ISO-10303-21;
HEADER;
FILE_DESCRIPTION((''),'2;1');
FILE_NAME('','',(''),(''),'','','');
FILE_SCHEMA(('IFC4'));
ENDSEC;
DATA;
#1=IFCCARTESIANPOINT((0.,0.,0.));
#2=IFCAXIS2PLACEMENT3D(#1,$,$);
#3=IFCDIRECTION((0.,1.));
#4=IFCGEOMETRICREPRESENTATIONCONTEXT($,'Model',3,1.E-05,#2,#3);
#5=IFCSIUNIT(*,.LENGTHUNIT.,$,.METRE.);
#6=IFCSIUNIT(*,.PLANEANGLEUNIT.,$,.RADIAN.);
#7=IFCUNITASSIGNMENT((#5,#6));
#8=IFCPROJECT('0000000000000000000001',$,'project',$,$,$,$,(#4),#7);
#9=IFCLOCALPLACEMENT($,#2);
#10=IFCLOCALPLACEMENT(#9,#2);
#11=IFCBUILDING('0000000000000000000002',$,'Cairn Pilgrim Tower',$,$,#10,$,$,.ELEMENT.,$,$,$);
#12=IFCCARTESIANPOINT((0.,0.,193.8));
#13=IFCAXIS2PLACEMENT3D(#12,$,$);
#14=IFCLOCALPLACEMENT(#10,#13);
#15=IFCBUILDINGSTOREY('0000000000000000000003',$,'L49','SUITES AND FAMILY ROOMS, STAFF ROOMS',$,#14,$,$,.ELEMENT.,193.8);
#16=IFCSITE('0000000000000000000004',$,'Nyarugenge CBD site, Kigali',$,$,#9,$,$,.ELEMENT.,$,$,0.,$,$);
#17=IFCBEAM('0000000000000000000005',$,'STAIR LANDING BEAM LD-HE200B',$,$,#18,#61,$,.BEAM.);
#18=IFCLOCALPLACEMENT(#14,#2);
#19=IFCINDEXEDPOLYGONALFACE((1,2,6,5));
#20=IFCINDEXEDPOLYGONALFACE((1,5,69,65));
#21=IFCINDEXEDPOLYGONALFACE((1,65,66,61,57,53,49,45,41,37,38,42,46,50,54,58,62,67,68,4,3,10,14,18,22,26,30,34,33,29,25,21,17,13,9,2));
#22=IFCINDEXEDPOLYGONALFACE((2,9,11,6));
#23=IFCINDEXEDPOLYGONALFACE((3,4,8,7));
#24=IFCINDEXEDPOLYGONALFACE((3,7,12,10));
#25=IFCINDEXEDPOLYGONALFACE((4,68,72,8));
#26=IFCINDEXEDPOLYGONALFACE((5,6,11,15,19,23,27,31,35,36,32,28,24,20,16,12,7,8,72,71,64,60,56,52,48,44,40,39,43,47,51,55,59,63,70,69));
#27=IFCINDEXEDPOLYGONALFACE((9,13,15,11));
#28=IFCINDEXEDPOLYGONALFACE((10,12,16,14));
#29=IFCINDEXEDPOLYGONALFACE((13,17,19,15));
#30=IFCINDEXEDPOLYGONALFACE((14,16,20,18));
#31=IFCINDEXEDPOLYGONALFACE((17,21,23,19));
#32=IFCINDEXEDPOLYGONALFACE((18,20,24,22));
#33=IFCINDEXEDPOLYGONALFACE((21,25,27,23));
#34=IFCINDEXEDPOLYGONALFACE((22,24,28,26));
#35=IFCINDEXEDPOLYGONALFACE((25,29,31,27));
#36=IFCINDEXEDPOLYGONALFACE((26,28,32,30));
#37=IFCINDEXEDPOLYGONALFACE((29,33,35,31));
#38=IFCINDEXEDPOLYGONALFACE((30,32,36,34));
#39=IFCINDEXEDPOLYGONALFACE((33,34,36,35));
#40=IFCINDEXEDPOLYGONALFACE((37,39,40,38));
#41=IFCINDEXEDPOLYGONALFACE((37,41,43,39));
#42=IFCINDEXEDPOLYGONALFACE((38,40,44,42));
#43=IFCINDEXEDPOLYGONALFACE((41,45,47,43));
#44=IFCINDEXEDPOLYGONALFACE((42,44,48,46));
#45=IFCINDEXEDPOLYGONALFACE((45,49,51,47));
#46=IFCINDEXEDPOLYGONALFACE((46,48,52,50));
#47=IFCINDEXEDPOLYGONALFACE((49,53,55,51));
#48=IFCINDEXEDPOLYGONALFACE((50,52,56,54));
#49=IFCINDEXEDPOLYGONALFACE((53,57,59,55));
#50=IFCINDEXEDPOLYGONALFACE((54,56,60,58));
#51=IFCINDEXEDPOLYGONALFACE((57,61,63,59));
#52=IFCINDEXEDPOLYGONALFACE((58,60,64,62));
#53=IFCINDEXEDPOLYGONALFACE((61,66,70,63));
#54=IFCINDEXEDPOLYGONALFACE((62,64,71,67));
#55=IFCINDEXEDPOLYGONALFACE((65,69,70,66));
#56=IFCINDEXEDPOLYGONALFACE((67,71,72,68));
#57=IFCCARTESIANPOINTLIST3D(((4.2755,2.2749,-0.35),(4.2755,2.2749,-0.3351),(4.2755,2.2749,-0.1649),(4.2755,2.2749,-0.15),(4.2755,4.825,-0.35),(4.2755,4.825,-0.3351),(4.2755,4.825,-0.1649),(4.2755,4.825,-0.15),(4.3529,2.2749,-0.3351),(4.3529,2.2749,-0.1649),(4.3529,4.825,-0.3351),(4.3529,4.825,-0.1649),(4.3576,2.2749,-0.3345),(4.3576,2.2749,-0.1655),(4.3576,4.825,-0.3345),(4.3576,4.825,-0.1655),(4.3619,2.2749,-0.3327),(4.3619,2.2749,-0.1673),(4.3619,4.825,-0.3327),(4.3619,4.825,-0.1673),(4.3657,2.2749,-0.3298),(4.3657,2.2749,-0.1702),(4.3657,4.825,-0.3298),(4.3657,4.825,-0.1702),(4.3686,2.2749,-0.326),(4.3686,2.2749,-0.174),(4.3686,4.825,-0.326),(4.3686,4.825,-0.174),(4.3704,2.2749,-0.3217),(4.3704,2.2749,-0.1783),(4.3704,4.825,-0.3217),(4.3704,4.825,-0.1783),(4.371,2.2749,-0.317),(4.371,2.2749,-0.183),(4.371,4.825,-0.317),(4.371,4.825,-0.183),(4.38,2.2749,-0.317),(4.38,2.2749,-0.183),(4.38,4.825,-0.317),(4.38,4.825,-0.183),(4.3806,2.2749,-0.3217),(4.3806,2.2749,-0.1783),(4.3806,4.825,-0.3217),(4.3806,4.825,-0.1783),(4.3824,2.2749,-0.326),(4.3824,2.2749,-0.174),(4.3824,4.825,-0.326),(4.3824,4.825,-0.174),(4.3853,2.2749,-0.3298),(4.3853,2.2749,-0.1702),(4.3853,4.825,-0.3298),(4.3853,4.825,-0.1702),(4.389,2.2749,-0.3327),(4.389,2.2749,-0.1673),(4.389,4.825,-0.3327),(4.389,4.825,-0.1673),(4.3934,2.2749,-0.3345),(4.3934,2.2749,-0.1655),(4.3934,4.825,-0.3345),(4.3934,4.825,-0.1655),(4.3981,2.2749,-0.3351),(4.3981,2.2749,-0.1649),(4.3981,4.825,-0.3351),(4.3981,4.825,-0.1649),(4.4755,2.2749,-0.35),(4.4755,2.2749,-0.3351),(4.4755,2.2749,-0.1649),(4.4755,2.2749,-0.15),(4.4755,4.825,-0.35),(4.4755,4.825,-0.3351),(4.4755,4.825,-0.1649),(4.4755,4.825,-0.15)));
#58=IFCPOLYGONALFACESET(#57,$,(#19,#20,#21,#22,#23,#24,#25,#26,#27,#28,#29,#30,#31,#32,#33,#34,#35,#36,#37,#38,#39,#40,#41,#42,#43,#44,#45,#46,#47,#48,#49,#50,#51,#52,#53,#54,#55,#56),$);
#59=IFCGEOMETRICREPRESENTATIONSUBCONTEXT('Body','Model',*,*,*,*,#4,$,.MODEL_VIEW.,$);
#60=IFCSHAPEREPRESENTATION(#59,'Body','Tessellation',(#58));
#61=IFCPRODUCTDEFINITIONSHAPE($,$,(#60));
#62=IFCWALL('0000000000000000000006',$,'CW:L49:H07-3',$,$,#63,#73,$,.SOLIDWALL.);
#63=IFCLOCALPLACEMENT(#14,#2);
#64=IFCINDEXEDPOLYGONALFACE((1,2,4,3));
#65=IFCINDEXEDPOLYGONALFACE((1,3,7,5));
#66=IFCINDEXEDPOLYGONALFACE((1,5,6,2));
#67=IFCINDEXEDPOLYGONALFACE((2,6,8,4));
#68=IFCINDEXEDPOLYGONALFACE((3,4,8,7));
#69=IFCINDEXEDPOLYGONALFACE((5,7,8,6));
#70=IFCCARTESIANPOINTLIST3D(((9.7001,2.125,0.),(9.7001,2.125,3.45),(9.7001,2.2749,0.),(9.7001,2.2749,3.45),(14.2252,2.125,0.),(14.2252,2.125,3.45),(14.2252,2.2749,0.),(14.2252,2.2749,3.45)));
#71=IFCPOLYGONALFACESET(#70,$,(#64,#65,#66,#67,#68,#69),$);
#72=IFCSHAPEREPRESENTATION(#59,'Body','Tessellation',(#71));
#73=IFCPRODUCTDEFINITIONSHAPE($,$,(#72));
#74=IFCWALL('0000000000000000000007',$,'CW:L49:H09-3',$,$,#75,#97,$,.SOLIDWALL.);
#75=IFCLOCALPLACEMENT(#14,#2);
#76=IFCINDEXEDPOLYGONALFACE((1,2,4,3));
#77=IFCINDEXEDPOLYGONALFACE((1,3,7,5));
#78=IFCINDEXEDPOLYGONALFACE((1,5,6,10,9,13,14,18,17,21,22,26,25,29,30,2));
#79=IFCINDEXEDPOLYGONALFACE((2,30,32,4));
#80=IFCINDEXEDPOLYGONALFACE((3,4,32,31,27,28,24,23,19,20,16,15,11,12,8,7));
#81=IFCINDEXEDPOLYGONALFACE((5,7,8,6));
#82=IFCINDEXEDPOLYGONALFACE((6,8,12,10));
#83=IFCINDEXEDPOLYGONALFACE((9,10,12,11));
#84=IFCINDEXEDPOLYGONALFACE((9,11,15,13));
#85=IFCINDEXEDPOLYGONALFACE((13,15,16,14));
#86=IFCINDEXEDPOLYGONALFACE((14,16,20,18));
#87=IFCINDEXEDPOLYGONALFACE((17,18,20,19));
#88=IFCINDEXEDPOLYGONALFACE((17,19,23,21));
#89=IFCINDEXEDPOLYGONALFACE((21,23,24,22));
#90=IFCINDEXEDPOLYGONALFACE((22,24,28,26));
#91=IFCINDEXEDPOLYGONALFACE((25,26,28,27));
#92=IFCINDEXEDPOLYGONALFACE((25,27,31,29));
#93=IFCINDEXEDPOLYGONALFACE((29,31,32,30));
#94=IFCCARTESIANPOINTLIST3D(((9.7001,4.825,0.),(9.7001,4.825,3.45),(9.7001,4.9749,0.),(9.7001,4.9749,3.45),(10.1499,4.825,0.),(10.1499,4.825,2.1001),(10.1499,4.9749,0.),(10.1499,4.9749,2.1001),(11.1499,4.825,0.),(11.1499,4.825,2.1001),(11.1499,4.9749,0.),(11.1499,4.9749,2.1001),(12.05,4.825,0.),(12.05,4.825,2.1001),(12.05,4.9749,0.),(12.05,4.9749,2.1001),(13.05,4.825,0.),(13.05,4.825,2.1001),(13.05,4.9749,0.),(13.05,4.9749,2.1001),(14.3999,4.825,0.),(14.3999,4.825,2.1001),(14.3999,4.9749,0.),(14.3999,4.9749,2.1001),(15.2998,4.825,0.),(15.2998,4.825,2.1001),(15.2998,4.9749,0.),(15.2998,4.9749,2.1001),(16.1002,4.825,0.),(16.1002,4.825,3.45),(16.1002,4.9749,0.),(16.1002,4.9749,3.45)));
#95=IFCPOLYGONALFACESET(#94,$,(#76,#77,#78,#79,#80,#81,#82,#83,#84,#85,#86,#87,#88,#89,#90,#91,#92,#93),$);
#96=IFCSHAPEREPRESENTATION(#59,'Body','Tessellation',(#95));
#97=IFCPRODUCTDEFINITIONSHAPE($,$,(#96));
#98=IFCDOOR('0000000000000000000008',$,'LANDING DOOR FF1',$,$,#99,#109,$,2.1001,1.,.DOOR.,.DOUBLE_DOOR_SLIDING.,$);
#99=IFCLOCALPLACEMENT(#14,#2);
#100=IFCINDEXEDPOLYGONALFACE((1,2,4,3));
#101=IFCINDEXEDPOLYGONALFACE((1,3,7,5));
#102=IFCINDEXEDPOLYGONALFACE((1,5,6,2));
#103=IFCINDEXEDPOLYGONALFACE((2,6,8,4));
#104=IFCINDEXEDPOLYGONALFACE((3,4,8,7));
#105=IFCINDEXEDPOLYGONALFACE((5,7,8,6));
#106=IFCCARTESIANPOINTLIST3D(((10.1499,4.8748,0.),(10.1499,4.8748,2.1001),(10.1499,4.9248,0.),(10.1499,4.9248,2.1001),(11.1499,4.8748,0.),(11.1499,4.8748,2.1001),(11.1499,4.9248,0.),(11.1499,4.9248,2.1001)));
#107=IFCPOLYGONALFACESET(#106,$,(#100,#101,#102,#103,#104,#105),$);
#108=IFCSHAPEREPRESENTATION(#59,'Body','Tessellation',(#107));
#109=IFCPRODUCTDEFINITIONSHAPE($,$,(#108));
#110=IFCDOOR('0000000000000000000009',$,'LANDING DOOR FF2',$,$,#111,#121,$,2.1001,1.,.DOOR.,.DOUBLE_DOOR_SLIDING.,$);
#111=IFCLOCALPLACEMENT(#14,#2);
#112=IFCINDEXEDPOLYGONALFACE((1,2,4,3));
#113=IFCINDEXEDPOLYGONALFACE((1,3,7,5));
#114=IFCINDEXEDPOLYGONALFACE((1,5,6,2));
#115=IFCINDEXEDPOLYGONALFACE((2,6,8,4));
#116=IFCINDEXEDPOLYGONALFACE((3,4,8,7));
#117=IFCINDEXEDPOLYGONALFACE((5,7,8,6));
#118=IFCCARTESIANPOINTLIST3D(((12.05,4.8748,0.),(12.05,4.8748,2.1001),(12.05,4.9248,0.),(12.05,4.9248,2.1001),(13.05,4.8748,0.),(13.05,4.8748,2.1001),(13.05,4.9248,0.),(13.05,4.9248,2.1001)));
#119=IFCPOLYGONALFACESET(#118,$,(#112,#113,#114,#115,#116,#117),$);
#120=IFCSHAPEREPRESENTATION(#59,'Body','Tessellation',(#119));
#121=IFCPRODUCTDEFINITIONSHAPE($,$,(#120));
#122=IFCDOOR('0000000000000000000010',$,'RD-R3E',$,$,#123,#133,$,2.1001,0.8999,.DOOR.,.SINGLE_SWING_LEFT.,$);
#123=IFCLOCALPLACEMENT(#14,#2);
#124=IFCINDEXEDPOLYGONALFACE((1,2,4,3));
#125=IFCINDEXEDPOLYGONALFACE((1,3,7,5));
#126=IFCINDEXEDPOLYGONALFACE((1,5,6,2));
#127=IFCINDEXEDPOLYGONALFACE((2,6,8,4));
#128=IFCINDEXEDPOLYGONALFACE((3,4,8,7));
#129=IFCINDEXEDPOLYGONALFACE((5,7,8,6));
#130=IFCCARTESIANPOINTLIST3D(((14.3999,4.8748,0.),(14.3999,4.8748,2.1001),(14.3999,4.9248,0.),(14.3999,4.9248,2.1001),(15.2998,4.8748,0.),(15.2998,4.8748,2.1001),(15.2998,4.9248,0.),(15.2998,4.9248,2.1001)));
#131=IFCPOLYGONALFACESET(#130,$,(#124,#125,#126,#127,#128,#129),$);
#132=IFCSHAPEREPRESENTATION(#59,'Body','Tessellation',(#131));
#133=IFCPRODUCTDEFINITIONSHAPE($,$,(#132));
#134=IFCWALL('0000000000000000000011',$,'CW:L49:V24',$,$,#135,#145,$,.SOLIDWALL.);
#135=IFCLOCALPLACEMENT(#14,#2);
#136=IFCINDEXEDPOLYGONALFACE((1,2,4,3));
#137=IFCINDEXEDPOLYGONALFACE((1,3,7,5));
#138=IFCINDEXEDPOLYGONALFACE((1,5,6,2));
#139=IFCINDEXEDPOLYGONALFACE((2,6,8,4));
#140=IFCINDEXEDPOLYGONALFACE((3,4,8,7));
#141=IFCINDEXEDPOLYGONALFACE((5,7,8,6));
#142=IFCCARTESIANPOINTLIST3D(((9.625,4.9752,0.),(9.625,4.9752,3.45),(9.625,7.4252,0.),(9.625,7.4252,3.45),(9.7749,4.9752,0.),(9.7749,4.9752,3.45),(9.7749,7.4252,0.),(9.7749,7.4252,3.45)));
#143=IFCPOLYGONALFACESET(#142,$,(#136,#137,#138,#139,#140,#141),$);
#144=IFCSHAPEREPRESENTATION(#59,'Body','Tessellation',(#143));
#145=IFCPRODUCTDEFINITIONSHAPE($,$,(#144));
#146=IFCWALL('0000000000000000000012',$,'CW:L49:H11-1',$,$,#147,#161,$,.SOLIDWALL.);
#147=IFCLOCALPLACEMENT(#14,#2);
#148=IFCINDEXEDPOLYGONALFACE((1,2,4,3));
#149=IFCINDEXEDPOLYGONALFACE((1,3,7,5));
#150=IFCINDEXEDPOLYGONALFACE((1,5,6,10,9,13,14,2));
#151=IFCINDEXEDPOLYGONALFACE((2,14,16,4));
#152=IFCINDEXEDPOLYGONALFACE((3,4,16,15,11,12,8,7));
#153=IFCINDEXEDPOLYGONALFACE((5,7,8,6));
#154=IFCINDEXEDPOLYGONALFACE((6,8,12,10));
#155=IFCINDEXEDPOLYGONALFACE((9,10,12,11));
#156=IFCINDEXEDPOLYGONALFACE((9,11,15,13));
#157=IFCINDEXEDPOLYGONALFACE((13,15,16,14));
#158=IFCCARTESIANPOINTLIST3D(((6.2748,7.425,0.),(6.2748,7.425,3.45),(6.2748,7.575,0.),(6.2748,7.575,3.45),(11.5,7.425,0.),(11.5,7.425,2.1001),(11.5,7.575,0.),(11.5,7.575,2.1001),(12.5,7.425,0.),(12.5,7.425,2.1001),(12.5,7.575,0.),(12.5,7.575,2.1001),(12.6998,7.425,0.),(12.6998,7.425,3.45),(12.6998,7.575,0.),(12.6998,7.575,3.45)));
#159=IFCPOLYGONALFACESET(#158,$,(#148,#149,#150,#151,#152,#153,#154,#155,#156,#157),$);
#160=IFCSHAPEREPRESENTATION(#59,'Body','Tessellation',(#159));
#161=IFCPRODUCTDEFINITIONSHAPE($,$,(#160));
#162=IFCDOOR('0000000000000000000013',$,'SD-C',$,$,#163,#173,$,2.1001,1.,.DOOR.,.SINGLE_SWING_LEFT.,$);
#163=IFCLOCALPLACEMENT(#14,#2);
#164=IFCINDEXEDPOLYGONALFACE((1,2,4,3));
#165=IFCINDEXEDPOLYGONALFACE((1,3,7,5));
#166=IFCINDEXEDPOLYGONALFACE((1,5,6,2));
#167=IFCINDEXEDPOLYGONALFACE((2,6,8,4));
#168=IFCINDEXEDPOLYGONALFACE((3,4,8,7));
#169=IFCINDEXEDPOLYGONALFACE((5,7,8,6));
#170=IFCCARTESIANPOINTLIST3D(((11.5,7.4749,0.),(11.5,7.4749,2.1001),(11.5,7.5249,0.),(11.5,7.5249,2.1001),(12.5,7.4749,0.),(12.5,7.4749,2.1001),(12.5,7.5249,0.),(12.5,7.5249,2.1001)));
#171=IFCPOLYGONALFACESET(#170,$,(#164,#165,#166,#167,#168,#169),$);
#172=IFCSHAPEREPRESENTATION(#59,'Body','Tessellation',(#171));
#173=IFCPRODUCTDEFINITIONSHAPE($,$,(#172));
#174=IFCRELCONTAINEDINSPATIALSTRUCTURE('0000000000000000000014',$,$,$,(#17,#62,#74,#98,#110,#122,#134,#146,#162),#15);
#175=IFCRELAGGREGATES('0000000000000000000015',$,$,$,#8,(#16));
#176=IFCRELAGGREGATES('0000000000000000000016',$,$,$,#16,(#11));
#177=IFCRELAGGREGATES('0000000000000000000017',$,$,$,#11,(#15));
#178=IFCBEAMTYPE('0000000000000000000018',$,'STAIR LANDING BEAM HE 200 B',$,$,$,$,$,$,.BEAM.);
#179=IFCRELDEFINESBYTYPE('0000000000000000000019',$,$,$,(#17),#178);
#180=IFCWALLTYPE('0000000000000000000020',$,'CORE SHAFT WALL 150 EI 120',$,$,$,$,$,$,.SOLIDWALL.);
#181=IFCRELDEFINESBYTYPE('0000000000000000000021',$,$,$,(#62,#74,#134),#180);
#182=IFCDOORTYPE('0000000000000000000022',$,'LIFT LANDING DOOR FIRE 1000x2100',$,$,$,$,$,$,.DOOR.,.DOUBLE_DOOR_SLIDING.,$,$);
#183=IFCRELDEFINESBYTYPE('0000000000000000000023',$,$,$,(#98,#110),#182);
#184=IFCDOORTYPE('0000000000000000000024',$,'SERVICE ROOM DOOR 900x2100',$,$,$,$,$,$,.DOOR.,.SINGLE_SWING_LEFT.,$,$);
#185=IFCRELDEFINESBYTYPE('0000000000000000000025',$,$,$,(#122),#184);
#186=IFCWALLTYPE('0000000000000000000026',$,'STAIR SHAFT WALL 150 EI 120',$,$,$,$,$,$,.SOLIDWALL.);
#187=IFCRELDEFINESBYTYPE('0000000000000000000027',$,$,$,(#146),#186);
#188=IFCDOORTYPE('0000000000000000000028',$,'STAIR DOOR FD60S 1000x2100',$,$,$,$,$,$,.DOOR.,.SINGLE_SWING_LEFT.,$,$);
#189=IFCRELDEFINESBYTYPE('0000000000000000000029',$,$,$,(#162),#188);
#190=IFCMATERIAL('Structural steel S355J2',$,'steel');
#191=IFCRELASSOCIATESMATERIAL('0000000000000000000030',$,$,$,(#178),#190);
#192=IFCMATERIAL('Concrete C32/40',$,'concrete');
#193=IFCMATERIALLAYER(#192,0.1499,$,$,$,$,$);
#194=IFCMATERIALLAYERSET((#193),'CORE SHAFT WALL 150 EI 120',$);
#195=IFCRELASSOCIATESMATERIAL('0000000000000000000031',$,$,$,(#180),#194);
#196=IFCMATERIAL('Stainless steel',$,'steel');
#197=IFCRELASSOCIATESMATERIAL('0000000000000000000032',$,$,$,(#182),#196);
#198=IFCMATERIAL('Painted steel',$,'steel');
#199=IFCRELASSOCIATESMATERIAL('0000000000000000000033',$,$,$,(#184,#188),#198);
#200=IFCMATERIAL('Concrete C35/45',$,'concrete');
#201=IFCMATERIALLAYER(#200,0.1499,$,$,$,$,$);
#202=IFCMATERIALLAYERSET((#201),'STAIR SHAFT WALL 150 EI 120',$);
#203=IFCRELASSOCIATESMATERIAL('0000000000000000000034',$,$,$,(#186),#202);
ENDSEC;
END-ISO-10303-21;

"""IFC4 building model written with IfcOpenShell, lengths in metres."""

from ifc_helpers import new_model, si_unit, direction, frame, frame_2d, origin, origin_2d, place, context, subcontext, project, spatial, rectangle, i_section, extrude, material, layer, layer_set, material_profile, profile_set, type_object, element, fill, save


model = new_model("IFC4")

# Units and contexts
model_context = context("Model", 3, precision=1e-05, world=origin(), true_north=direction((0.0, 1.0)))
body_context = subcontext(model_context, "Body", "Model", "MODEL_VIEW")
ifc_project = project(units=[si_unit("LENGTHUNIT", "METRE"), si_unit("PLANEANGLEUNIT", "RADIAN")], contexts=[model_context])

# Site, building, storey
site_placement = place(None, origin())
site = spatial("IfcSite", under=ifc_project, at=site_placement, Name="Nyarugenge CBD site, Kigali", CompositionType="ELEMENT", RefElevation=0.0)
building_placement = place(site_placement, origin())
building = spatial("IfcBuilding", under=site, at=building_placement, Name="Cairn Pilgrim Tower", CompositionType="ELEMENT")
storey_placement = place(building_placement, frame((0.0, 0.0, 193.8)))
storey = spatial("IfcBuildingStorey", under=building, at=storey_placement, Name="L49", Description="SUITES AND FAMILY ROOMS, STAFF ROOMS", CompositionType="ELEMENT", Elevation=193.8)

# Beam
ifc_material_1 = material(Name="Structural steel S355J2", Category="steel")
ifc_material_profile = material_profile(ifc_material_1, i_section(OverallWidth=0.2, OverallDepth=0.2, WebThickness=0.009, FlangeThickness=0.0149, FilletRadius=0.0181, at=origin_2d()), Name="HE 200 B")
ifc_profile_set = profile_set([ifc_material_profile], Name="Structural steel S355J2")
beam_type = type_object("IfcBeamType", Name="STAIR LANDING BEAM HE 200 B", PredefinedType="BEAM", material=ifc_profile_set)
beam_placement = place(storey_placement, frame((4.3755, 2.2749, -0.25), z_axis=(0.0, 1.0, 0.0), x_axis=(-1.0, 0.0, 0.0)))
element("IfcBeam", 1, at=beam_placement, inside=storey, type_object=beam_type, Name="STAIR LANDING BEAM LD-HE200B", PredefinedType="BEAM", context=body_context, shape_type="SweptSolid", body=[
    extrude(i_section(OverallWidth=0.2, OverallDepth=0.2, WebThickness=0.009, FlangeThickness=0.0149, FilletRadius=0.0181, at=origin_2d()), origin(), (0.0, 0.0, 1.0), 2.55),
])

# Wall
ifc_material_2 = material(Name="Concrete C32/40", Category="concrete")
ifc_layer_1 = layer(ifc_material_2, 0.1499)
ifc_layer_set_1 = layer_set([ifc_layer_1], Name="CORE SHAFT WALL 150 EI 120")
wall_type_1 = type_object("IfcWallType", Name="CORE SHAFT WALL 150 EI 120", PredefinedType="SOLIDWALL", material=ifc_layer_set_1)
wall_1_placement = place(storey_placement, frame((9.7, 2.2, 0.0), z_axis=(0.0, 0.0, 1.0), x_axis=(1.0, 0.0, 0.0)))
element("IfcWall", 2, at=wall_1_placement, inside=storey, type_object=wall_type_1, Name="CW:L49:H07-3", PredefinedType="SOLIDWALL", context=body_context, shape_type="SweptSolid", body=[
    extrude(rectangle(XDim=4.5251, YDim=0.1499, at=frame_2d((2.2627, 0.0))), origin(), (0.0, 0.0, 1.0), 3.45),
])

# Wall, openings, doors
wall_2_placement = place(storey_placement, frame((9.7, 4.8999, 0.0), z_axis=(0.0, 0.0, 1.0), x_axis=(1.0, 0.0, 0.0)))
wall_2 = element("IfcWall", 3, at=wall_2_placement, inside=storey, type_object=wall_type_1, Name="CW:L49:H09-3", PredefinedType="SOLIDWALL", context=body_context, shape_type="SweptSolid", body=[
    extrude(rectangle(XDim=6.4001, YDim=0.1499, at=frame_2d((3.2002, 0.0))), origin(), (0.0, 0.0, 1.0), 3.45),
])
opening_1_placement = place(wall_2_placement, frame((0.45, 0.0, 0.0)))
opening_1 = element("IfcOpeningElement", 4, at=opening_1_placement, cuts=wall_2, PredefinedType="OPENING", context=body_context, shape_type="SweptSolid", body=[
    extrude(rectangle(XDim=1.0, YDim=2.1001, at=frame_2d((0.5, 1.05))), frame((0.0, 0.085, 0.0), z_axis=(0.0, -1.0, 0.0), x_axis=(1.0, 0.0, 0.0)), (0.0, 0.0, 1.0), 0.1699),
])
opening_2_placement = place(wall_2_placement, frame((2.3501, 0.0, 0.0)))
opening_2 = element("IfcOpeningElement", 5, at=opening_2_placement, cuts=wall_2, PredefinedType="OPENING", context=body_context, shape_type="SweptSolid", body=[
    extrude(rectangle(XDim=1.0, YDim=2.1001, at=frame_2d((0.5, 1.05))), frame((0.0, 0.085, 0.0), z_axis=(0.0, -1.0, 0.0), x_axis=(1.0, 0.0, 0.0)), (0.0, 0.0, 1.0), 0.1699),
])
opening_3_placement = place(wall_2_placement, frame((4.7, 0.0, 0.0)))
opening_3 = element("IfcOpeningElement", 6, at=opening_3_placement, cuts=wall_2, PredefinedType="OPENING", context=body_context, shape_type="SweptSolid", body=[
    extrude(rectangle(XDim=0.8999, YDim=2.1001, at=frame_2d((0.45, 1.05))), frame((0.0, 0.085, 0.0), z_axis=(0.0, -1.0, 0.0), x_axis=(1.0, 0.0, 0.0)), (0.0, 0.0, 1.0), 0.1699),
])
ifc_material_3 = material(Name="Stainless steel", Category="steel")
door_type_1 = type_object("IfcDoorType", Name="LIFT LANDING DOOR FIRE 1000x2100", OperationType="DOUBLE_DOOR_SLIDING", PredefinedType="DOOR", material=ifc_material_3)
door_1_placement = place(opening_1_placement, origin())
door_1 = element("IfcDoor", 7, at=door_1_placement, inside=storey, type_object=door_type_1, Name="LANDING DOOR FF1", OperationType="DOUBLE_DOOR_SLIDING", OverallHeight=2.1001, OverallWidth=1.0, PredefinedType="DOOR", context=body_context, shape_type="SweptSolid", body=[
    extrude(rectangle(XDim=1.0, YDim=2.1001, at=frame_2d((0.5, 1.05))), frame((0.0, 0.0249, 0.0), z_axis=(0.0, -1.0, 0.0), x_axis=(1.0, 0.0, 0.0)), (0.0, 0.0, 1.0), 0.05),
])
fill(opening_1, door_1)
door_2_placement = place(opening_2_placement, origin())
door_2 = element("IfcDoor", 8, at=door_2_placement, inside=storey, type_object=door_type_1, Name="LANDING DOOR FF2", OperationType="DOUBLE_DOOR_SLIDING", OverallHeight=2.1001, OverallWidth=1.0, PredefinedType="DOOR", context=body_context, shape_type="SweptSolid", body=[
    extrude(rectangle(XDim=1.0, YDim=2.1001, at=frame_2d((0.5, 1.05))), frame((0.0, 0.0249, 0.0), z_axis=(0.0, -1.0, 0.0), x_axis=(1.0, 0.0, 0.0)), (0.0, 0.0, 1.0), 0.05),
])
fill(opening_2, door_2)
ifc_material_4 = material(Name="Painted steel", Category="steel")
door_type_2 = type_object("IfcDoorType", Name="SERVICE ROOM DOOR 900x2100", OperationType="SINGLE_SWING_LEFT", PredefinedType="DOOR", material=ifc_material_4)
door_3_placement = place(opening_3_placement, origin())
door_3 = element("IfcDoor", 9, at=door_3_placement, inside=storey, type_object=door_type_2, Name="RD-R3E", OperationType="SINGLE_SWING_LEFT", OverallHeight=2.1001, OverallWidth=0.8999, PredefinedType="DOOR", context=body_context, shape_type="SweptSolid", body=[
    extrude(rectangle(XDim=0.8999, YDim=2.1001, at=frame_2d((0.45, 1.05))), frame((0.0, 0.0249, 0.0), z_axis=(0.0, -1.0, 0.0), x_axis=(1.0, 0.0, 0.0)), (0.0, 0.0, 1.0), 0.05),
])
fill(opening_3, door_3)

# Wall
wall_3_placement = place(storey_placement, frame((9.7, 4.9751, 0.0), z_axis=(0.0, 0.0, 1.0), x_axis=(0.0, 1.0, 0.0)))
element("IfcWall", 10, at=wall_3_placement, inside=storey, type_object=wall_type_1, Name="CW:L49:V24", PredefinedType="SOLIDWALL", context=body_context, shape_type="SweptSolid", body=[
    extrude(rectangle(XDim=2.45, YDim=0.1499, at=frame_2d((1.2251, 0.0))), origin(), (0.0, 0.0, 1.0), 3.45),
])

# Wall, opening, door
ifc_material_5 = material(Name="Concrete C35/45", Category="concrete")
ifc_layer_2 = layer(ifc_material_5, 0.1499)
ifc_layer_set_2 = layer_set([ifc_layer_2], Name="STAIR SHAFT WALL 150 EI 120")
wall_type_2 = type_object("IfcWallType", Name="STAIR SHAFT WALL 150 EI 120", PredefinedType="SOLIDWALL", material=ifc_layer_set_2)
wall_4_placement = place(storey_placement, frame((6.2749, 7.5, 0.0), z_axis=(0.0, 0.0, 1.0), x_axis=(1.0, 0.0, 0.0)))
wall_4 = element("IfcWall", 11, at=wall_4_placement, inside=storey, type_object=wall_type_2, Name="CW:L49:H11-1", PredefinedType="SOLIDWALL", context=body_context, shape_type="SweptSolid", body=[
    extrude(rectangle(XDim=6.425, YDim=0.1499, at=frame_2d((3.2124, 0.0))), origin(), (0.0, 0.0, 1.0), 3.45),
])
opening_4_placement = place(wall_4_placement, frame((5.2251, 0.0, 0.0)))
opening_4 = element("IfcOpeningElement", 12, at=opening_4_placement, cuts=wall_4, PredefinedType="OPENING", context=body_context, shape_type="SweptSolid", body=[
    extrude(rectangle(XDim=1.0, YDim=2.1001, at=frame_2d((0.5, 1.05))), frame((0.0, 0.085, 0.0), z_axis=(0.0, -1.0, 0.0), x_axis=(1.0, 0.0, 0.0)), (0.0, 0.0, 1.0), 0.1699),
])
door_type_3 = type_object("IfcDoorType", Name="STAIR DOOR FD60S 1000x2100", OperationType="SINGLE_SWING_LEFT", PredefinedType="DOOR", material=ifc_material_4)
door_4_placement = place(opening_4_placement, origin())
door_4 = element("IfcDoor", 13, at=door_4_placement, inside=storey, type_object=door_type_3, Name="SD-C", OperationType="SINGLE_SWING_LEFT", OverallHeight=2.1001, OverallWidth=1.0, PredefinedType="DOOR", context=body_context, shape_type="SweptSolid", body=[
    extrude(rectangle(XDim=1.0, YDim=2.1001, at=frame_2d((0.5, 1.05))), frame((0.0, 0.0249, 0.0), z_axis=(0.0, -1.0, 0.0), x_axis=(1.0, 0.0, 0.0)), (0.0, 0.0, 1.0), 0.05),
])
fill(opening_4, door_4)

save(model, "model.ifc")
